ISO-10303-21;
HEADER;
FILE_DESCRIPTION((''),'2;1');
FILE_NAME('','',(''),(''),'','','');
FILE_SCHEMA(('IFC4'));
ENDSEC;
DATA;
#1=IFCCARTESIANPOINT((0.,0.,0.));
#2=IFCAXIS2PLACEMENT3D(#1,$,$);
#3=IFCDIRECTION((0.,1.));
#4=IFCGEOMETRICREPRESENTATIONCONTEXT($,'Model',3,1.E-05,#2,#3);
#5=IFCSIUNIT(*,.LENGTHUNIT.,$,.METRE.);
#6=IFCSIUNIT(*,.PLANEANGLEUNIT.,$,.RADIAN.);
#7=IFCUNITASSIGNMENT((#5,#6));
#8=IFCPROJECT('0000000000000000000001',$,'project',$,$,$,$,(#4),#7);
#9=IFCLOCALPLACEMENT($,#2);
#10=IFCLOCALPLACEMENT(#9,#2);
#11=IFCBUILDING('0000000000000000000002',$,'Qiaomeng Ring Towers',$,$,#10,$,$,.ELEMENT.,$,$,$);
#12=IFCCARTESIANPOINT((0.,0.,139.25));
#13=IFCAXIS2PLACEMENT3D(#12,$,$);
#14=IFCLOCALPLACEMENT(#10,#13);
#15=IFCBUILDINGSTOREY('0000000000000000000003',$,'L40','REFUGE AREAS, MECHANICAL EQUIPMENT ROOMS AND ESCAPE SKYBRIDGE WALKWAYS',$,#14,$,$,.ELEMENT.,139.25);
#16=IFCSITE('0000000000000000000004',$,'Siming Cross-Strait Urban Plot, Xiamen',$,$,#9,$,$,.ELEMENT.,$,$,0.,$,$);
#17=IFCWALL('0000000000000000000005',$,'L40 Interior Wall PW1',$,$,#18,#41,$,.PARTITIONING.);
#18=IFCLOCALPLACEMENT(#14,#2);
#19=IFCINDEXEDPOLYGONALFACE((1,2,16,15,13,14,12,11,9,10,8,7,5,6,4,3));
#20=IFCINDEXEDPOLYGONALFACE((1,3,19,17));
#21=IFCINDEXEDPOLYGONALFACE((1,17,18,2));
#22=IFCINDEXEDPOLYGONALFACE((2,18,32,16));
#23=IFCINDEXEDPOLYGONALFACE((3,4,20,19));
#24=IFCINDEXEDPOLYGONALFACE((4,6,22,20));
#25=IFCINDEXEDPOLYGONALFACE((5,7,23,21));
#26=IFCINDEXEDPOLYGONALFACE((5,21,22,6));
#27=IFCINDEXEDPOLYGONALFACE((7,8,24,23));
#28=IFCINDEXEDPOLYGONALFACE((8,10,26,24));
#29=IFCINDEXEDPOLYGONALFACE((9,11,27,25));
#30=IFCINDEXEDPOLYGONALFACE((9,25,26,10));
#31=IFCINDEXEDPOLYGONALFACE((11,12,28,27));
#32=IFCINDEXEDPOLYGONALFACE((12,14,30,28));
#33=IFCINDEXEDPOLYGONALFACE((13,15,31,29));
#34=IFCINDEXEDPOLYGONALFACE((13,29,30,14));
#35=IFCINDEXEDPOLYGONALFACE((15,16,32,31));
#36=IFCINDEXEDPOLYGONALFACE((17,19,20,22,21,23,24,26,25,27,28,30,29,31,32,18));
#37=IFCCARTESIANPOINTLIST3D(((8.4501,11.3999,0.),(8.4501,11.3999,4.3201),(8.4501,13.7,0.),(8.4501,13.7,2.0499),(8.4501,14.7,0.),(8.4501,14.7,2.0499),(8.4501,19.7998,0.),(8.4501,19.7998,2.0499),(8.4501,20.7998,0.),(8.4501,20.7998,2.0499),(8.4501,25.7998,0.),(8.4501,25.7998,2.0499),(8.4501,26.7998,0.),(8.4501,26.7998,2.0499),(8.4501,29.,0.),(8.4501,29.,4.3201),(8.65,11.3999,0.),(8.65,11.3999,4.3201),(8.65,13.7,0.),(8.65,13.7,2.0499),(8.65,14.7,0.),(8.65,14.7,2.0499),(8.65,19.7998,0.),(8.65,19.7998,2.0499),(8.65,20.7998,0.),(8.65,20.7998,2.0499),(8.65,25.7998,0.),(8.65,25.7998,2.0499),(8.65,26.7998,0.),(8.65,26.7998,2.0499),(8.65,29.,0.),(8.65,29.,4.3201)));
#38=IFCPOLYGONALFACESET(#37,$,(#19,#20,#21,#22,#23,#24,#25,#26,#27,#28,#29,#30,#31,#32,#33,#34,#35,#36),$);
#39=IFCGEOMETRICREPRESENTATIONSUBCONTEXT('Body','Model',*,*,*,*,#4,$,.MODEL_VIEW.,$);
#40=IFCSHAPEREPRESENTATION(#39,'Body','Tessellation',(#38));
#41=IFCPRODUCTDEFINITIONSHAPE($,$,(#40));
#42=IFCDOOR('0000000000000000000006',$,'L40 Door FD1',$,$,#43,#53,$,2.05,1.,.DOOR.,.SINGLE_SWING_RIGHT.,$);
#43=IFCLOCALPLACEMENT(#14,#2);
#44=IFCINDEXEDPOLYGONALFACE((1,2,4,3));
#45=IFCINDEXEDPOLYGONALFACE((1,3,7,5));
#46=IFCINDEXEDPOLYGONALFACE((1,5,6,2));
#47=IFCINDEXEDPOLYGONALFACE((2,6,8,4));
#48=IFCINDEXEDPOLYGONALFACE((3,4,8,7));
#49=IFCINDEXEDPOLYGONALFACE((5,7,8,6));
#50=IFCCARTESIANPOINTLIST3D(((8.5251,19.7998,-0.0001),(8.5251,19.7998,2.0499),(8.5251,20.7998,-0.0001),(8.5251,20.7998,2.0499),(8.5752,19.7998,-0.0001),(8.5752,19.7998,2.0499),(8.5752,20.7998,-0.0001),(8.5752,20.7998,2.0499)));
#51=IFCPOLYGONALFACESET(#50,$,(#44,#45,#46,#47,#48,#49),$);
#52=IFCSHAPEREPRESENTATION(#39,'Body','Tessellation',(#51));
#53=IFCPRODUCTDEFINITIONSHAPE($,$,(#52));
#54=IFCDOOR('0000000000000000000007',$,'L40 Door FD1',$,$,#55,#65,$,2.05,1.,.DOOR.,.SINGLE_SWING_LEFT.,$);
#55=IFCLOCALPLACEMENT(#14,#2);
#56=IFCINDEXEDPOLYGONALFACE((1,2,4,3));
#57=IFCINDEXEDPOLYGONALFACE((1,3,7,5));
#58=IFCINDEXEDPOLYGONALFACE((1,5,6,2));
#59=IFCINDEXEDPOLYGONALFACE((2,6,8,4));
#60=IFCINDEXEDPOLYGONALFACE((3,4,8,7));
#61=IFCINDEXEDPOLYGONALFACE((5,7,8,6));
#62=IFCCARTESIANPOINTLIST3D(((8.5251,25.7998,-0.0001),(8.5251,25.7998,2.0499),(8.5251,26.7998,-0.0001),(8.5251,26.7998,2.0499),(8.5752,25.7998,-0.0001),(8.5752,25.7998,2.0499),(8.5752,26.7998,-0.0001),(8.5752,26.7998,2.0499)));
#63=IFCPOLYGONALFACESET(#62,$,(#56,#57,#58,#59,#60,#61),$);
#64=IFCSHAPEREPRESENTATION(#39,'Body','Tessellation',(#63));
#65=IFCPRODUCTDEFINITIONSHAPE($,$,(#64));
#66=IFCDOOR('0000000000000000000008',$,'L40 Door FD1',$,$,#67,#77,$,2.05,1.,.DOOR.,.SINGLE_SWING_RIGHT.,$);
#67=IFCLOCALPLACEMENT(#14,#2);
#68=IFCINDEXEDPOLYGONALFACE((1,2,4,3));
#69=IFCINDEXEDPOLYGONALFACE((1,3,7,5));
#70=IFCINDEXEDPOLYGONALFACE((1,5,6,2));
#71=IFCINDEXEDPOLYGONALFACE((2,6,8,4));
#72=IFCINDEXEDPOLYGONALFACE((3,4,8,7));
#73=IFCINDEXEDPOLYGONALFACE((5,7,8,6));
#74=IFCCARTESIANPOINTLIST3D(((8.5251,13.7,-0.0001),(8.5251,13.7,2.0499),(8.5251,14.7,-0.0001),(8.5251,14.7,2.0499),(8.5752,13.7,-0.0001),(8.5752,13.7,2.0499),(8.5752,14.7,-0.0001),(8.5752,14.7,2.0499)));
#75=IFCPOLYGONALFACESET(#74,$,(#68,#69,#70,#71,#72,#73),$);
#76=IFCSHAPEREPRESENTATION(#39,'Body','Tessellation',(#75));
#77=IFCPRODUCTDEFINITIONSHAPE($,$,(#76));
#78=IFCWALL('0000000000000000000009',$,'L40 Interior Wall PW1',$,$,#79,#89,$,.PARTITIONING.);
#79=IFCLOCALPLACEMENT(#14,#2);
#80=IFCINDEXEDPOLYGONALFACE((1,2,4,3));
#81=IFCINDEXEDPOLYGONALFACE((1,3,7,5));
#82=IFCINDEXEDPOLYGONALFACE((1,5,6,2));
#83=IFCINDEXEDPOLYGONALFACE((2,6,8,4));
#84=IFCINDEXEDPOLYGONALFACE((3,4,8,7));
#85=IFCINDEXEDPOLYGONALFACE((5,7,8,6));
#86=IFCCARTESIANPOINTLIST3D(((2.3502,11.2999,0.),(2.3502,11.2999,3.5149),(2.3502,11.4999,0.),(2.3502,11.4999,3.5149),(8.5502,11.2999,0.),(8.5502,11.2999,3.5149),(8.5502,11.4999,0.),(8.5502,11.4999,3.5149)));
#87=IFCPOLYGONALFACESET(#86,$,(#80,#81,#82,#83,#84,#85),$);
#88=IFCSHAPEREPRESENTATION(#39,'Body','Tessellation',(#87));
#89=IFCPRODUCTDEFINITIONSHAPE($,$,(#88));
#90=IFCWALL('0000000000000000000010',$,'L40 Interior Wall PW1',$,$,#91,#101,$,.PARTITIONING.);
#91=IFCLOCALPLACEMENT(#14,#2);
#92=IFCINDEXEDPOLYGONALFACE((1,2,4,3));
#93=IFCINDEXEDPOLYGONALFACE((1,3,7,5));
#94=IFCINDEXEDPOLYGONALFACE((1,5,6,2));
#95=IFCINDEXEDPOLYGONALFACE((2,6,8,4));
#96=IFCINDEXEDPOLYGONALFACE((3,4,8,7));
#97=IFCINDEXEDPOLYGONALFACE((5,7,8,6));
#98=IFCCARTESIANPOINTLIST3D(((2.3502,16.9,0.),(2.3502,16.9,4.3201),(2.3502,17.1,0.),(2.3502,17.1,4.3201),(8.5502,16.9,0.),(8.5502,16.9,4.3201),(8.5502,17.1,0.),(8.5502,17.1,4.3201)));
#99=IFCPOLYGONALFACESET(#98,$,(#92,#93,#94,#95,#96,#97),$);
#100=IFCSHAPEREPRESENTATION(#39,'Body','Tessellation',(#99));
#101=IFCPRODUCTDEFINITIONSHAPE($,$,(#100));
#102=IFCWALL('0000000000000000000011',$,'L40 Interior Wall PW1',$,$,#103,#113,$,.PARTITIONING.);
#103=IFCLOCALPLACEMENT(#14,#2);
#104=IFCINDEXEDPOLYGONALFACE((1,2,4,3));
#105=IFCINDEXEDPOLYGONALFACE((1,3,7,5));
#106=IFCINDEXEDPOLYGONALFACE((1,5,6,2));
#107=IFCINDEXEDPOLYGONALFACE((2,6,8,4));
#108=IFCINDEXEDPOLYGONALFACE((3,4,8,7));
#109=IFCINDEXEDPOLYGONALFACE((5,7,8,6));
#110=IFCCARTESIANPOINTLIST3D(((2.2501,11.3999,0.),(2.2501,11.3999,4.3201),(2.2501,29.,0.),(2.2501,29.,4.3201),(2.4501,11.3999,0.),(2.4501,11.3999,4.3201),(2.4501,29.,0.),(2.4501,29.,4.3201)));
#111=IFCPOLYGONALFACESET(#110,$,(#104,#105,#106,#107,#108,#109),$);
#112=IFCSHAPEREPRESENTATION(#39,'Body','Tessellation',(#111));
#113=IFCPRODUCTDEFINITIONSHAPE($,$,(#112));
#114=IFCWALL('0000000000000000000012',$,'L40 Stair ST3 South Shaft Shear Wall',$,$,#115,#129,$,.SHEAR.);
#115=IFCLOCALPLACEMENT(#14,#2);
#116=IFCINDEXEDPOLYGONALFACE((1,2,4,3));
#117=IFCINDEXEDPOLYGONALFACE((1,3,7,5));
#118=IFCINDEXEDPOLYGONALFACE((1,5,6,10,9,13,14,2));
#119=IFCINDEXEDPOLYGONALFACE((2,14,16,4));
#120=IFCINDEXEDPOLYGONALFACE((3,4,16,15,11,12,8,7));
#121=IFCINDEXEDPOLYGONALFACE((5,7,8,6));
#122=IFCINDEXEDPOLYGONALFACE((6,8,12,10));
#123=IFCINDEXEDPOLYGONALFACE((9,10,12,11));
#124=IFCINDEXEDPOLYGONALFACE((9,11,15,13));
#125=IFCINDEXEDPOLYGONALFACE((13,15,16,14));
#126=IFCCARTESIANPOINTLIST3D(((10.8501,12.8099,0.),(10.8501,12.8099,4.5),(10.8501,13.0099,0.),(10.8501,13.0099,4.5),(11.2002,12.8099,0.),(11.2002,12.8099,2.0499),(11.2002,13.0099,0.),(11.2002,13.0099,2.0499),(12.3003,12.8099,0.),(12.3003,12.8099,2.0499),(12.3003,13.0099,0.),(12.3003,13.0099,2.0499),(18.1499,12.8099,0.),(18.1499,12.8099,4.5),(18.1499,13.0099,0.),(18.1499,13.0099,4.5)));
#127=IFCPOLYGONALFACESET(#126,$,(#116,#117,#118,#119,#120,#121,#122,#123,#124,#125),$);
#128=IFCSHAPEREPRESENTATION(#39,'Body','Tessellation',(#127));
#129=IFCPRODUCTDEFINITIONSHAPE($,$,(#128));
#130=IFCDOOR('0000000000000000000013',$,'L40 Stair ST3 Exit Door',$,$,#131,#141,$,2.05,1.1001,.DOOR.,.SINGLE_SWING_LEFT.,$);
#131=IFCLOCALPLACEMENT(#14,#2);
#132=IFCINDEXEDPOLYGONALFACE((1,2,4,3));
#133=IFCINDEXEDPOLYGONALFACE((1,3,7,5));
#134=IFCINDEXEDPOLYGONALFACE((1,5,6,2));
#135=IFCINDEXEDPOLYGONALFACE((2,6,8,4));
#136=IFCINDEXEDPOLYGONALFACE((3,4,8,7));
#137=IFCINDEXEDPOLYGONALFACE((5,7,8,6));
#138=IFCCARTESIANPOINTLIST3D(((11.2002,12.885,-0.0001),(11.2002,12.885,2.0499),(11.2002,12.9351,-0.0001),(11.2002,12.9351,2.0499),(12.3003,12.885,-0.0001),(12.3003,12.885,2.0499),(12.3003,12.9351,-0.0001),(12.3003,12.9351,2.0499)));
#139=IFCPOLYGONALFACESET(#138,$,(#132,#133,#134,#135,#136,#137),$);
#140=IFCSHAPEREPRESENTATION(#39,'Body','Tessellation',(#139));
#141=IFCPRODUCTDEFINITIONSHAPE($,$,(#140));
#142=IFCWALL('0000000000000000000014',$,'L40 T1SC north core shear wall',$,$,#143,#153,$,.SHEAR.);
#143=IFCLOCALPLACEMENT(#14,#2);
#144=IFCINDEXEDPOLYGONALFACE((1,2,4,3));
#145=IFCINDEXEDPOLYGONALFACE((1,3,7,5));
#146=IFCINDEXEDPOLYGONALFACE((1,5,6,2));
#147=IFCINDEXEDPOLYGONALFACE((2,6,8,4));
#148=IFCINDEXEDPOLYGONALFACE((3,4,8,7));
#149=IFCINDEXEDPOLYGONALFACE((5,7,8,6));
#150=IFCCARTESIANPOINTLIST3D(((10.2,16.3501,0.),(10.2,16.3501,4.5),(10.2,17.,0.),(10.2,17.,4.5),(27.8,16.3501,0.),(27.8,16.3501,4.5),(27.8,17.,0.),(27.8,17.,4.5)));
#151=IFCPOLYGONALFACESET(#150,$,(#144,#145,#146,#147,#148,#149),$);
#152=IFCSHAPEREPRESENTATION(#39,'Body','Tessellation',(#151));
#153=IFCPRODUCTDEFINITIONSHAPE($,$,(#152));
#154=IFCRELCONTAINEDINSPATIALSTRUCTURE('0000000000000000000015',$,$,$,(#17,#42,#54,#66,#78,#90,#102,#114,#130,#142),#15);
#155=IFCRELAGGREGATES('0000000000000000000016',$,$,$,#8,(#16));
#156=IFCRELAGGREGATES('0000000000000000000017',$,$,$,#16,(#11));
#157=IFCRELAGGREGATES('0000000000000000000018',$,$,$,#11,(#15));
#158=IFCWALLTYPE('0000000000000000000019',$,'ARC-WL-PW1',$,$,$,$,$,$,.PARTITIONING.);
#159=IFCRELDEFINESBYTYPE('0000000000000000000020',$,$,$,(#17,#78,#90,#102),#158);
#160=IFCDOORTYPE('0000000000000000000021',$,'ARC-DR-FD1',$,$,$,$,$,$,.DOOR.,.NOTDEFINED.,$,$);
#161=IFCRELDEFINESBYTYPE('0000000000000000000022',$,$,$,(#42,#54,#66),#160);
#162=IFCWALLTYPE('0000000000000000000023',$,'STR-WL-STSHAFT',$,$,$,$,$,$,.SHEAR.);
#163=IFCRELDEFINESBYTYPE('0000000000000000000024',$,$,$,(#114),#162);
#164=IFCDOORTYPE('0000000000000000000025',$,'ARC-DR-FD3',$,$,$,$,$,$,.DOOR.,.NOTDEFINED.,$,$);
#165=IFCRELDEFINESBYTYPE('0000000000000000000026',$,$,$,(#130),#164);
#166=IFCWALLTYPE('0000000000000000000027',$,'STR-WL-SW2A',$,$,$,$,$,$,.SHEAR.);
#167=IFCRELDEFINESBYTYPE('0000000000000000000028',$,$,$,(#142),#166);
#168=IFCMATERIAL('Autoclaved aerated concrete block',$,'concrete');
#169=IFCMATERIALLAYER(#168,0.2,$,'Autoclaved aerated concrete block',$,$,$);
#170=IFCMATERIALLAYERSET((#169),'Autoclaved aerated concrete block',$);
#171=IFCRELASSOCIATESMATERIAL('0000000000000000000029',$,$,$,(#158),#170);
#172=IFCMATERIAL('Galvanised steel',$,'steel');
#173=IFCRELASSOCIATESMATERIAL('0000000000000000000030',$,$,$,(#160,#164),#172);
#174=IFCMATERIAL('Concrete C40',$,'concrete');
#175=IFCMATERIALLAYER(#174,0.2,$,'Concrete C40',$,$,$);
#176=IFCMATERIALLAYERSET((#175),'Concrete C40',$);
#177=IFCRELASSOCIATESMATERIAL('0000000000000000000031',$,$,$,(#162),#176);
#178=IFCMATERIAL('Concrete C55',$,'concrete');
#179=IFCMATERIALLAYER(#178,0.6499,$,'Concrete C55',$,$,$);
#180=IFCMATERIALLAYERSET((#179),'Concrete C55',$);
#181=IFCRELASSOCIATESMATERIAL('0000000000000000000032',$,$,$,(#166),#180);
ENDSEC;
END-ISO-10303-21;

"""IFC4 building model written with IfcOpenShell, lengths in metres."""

from ifc_helpers import new_model, si_unit, direction, frame, frame_2d, origin, place, context, subcontext, project, spatial, rectangle, extrude, source, transform, mapped, material, layer, layer_set, type_object, element, fill, save


model = new_model("IFC4")

# Units and contexts
model_context = context("Model", 3, precision=1e-05, world=origin(), true_north=direction((0.0, 1.0)))
body_context = subcontext(model_context, "Body", "Model", "MODEL_VIEW")
ifc_project = project(units=[si_unit("LENGTHUNIT", "METRE"), si_unit("PLANEANGLEUNIT", "RADIAN")], contexts=[model_context])

# Site, building, storey
site_placement = place(None, origin())
site = spatial("IfcSite", under=ifc_project, at=site_placement, Name="Siming Cross-Strait Urban Plot, Xiamen", CompositionType="ELEMENT", RefElevation=0.0)
building_placement = place(site_placement, origin())
building = spatial("IfcBuilding", under=site, at=building_placement, Name="Qiaomeng Ring Towers", CompositionType="ELEMENT")
storey_placement = place(building_placement, frame((0.0, 0.0, 139.25)))
storey = spatial("IfcBuildingStorey", under=building, at=storey_placement, Name="L40", Description="REFUGE AREAS, MECHANICAL EQUIPMENT ROOMS AND ESCAPE SKYBRIDGE WALKWAYS", CompositionType="ELEMENT", Elevation=139.25)

# Shared definitions
ifc_material_1 = material(Name="Concrete C55", Category="concrete")

# Wall, openings, doors
ifc_material_2 = material(Name="Autoclaved aerated concrete block", Category="concrete")
ifc_layer_1 = layer(ifc_material_2, 0.2, Name="Autoclaved aerated concrete block")
ifc_layer_set_1 = layer_set([ifc_layer_1], Name="Autoclaved aerated concrete block")
wall_type_1 = type_object("IfcWallType", Name="ARC-WL-PW1", PredefinedType="PARTITIONING", material=ifc_layer_set_1)
wall_1_placement = place(storey_placement, frame((8.55, 11.3999, 0.0), z_axis=(0.0, 0.0, 1.0), x_axis=(0.0, 1.0, 0.0)))
wall_1 = element("IfcWall", 1, at=wall_1_placement, inside=storey, type_object=wall_type_1, Name="L40 Interior Wall PW1", PredefinedType="PARTITIONING", context=body_context, shape_type="SweptSolid", body=[
    extrude(rectangle(XDim=17.6001, YDim=0.2, at=frame_2d((8.8, 0.0))), origin(), (0.0, 0.0, 1.0), 4.3201),
])
opening_1_placement = place(wall_1_placement, frame((8.3999, 0.0, 0.0)))
opening_1 = element("IfcOpeningElement", 2, at=opening_1_placement, cuts=wall_1, PredefinedType="OPENING", context=body_context, shape_type="SweptSolid", body=[
    extrude(rectangle(XDim=1.0, YDim=2.05, at=frame_2d((0.5, 1.0249))), frame((0.0, 0.1099, 0.0), z_axis=(0.0, -1.0, 0.0), x_axis=(1.0, 0.0, 0.0)), (0.0, 0.0, 1.0), 0.22),
])
opening_2_placement = place(wall_1_placement, frame((14.3999, 0.0, 0.0)))
opening_2 = element("IfcOpeningElement", 3, at=opening_2_placement, cuts=wall_1, PredefinedType="OPENING", context=body_context, shape_type="SweptSolid", body=[
    extrude(rectangle(XDim=1.0, YDim=2.05, at=frame_2d((0.5, 1.0249))), frame((0.0, 0.1099, 0.0), z_axis=(0.0, -1.0, 0.0), x_axis=(1.0, 0.0, 0.0)), (0.0, 0.0, 1.0), 0.22),
])
opening_3_placement = place(wall_1_placement, frame((2.3, 0.0, 0.0)))
opening_3 = element("IfcOpeningElement", 4, at=opening_3_placement, cuts=wall_1, PredefinedType="OPENING", context=body_context, shape_type="SweptSolid", body=[
    extrude(rectangle(XDim=1.0, YDim=2.05, at=frame_2d((0.5, 1.0249))), frame((0.0, 0.1099, 0.0), z_axis=(0.0, -1.0, 0.0), x_axis=(1.0, 0.0, 0.0)), (0.0, 0.0, 1.0), 0.22),
])
ifc_material_3 = material(Name="Galvanised steel", Category="steel")
door_type_1 = type_object("IfcDoorType", Name="ARC-DR-FD1", OperationType="NOTDEFINED", PredefinedType="DOOR", material=ifc_material_3)
shared_shape_1 = source(origin(), body_context, "Body", "SweptSolid", [
    extrude(rectangle(XDim=1.0, YDim=2.05, at=frame_2d((0.5, 1.0249))), frame((0.0, 0.0249, 0.0), z_axis=(0.0, -1.0, 0.0), x_axis=(1.0, 0.0, 0.0)), (0.0, 0.0, 1.0), 0.05),
])
door_1_placement = place(opening_1_placement, origin())
door_1 = element("IfcDoor", 5, at=door_1_placement, inside=storey, type_object=door_type_1, Name="L40 Door FD1", OperationType="SINGLE_SWING_RIGHT", OverallHeight=2.05, OverallWidth=1.0, PredefinedType="DOOR", context=body_context, shape_type="MappedRepresentation", body=[
    mapped(shared_shape_1, transform((0.0, 0.0, 0.0), x_axis=(1.0, 0.0, 0.0), y_axis=(0.0, 1.0, 0.0), z_axis=(0.0, 0.0, 1.0), scale=1.0)),
])
fill(opening_1, door_1)
door_2_placement = place(opening_2_placement, origin())
door_2 = element("IfcDoor", 6, at=door_2_placement, inside=storey, type_object=door_type_1, Name="L40 Door FD1", OperationType="SINGLE_SWING_LEFT", OverallHeight=2.05, OverallWidth=1.0, PredefinedType="DOOR", context=body_context, shape_type="MappedRepresentation", body=[
    mapped(shared_shape_1, transform((0.0, 0.0, 0.0), x_axis=(1.0, 0.0, 0.0), y_axis=(0.0, 1.0, 0.0), z_axis=(0.0, 0.0, 1.0), scale=1.0)),
])
fill(opening_2, door_2)
door_3_placement = place(opening_3_placement, origin())
door_3 = element("IfcDoor", 7, at=door_3_placement, inside=storey, type_object=door_type_1, Name="L40 Door FD1", OperationType="SINGLE_SWING_RIGHT", OverallHeight=2.05, OverallWidth=1.0, PredefinedType="DOOR", context=body_context, shape_type="MappedRepresentation", body=[
    mapped(shared_shape_1, transform((0.0, 0.0, 0.0), x_axis=(1.0, 0.0, 0.0), y_axis=(0.0, 1.0, 0.0), z_axis=(0.0, 0.0, 1.0), scale=1.0)),
])
fill(opening_3, door_3)

# Walls
wall_2_placement = place(storey_placement, frame((2.3501, 11.3999, 0.0), z_axis=(0.0, 0.0, 1.0), x_axis=(1.0, 0.0, 0.0)))
element("IfcWall", 8, at=wall_2_placement, inside=storey, type_object=wall_type_1, Name="L40 Interior Wall PW1", PredefinedType="PARTITIONING", context=body_context, shape_type="SweptSolid", body=[
    extrude(rectangle(XDim=6.2, YDim=0.2, at=frame_2d((3.1001, 0.0))), origin(), (0.0, 0.0, 1.0), 3.5149),
])
wall_3_placement = place(storey_placement, frame((2.3501, 17.0, 0.0), z_axis=(0.0, 0.0, 1.0), x_axis=(1.0, 0.0, 0.0)))
element("IfcWall", 9, at=wall_3_placement, inside=storey, type_object=wall_type_1, Name="L40 Interior Wall PW1", PredefinedType="PARTITIONING", context=body_context, shape_type="SweptSolid", body=[
    extrude(rectangle(XDim=6.2, YDim=0.2, at=frame_2d((3.1001, 0.0))), origin(), (0.0, 0.0, 1.0), 4.3201),
])
wall_4_placement = place(storey_placement, frame((2.3501, 11.3999, 0.0), z_axis=(0.0, 0.0, 1.0), x_axis=(0.0, 1.0, 0.0)))
element("IfcWall", 10, at=wall_4_placement, inside=storey, type_object=wall_type_1, Name="L40 Interior Wall PW1", PredefinedType="PARTITIONING", context=body_context, shape_type="SweptSolid", body=[
    extrude(rectangle(XDim=17.6001, YDim=0.2, at=frame_2d((8.8, 0.0))), origin(), (0.0, 0.0, 1.0), 4.3201),
])

# Wall, opening, door
ifc_material_4 = material(Name="Concrete C40", Category="concrete")
ifc_layer_2 = layer(ifc_material_4, 0.2, Name="Concrete C40")
ifc_layer_set_2 = layer_set([ifc_layer_2], Name="Concrete C40")
wall_type_2 = type_object("IfcWallType", Name="STR-WL-STSHAFT", PredefinedType="SHEAR", material=ifc_layer_set_2)
wall_5_placement = place(storey_placement, frame((10.8501, 12.9099, 0.0), z_axis=(0.0, 0.0, 1.0), x_axis=(1.0, 0.0, 0.0)))
wall_5 = element("IfcWall", 11, at=wall_5_placement, inside=storey, type_object=wall_type_2, Name="L40 Stair ST3 South Shaft Shear Wall", PredefinedType="SHEAR", context=body_context, shape_type="SweptSolid", body=[
    extrude(rectangle(XDim=7.2998, YDim=0.2, at=frame_2d((3.6499, 0.0))), origin(), (0.0, 0.0, 1.0), 4.5),
])
opening_4_placement = place(wall_5_placement, frame((0.3501, 0.0, 0.0)))
opening_4 = element("IfcOpeningElement", 12, at=opening_4_placement, cuts=wall_5, PredefinedType="OPENING", context=body_context, shape_type="SweptSolid", body=[
    extrude(rectangle(XDim=1.1001, YDim=2.05, at=frame_2d((0.55, 1.0249))), frame((0.0, 0.1099, 0.0), z_axis=(0.0, -1.0, 0.0), x_axis=(1.0, 0.0, 0.0)), (0.0, 0.0, 1.0), 0.22),
])
door_type_2 = type_object("IfcDoorType", Name="ARC-DR-FD3", OperationType="NOTDEFINED", PredefinedType="DOOR", material=ifc_material_3)
shared_shape_2 = source(origin(), body_context, "Body", "SweptSolid", [
    extrude(rectangle(XDim=1.1001, YDim=2.05, at=frame_2d((0.55, 1.0249))), frame((0.0, 0.0249, 0.0), z_axis=(0.0, -1.0, 0.0), x_axis=(1.0, 0.0, 0.0)), (0.0, 0.0, 1.0), 0.05),
])
door_4_placement = place(opening_4_placement, frame((1.1001, 0.0, 0.0), z_axis=(0.0, 0.0, 1.0), x_axis=(-1.0, 0.0, 0.0)))
door_4 = element("IfcDoor", 13, at=door_4_placement, inside=storey, type_object=door_type_2, Name="L40 Stair ST3 Exit Door", OperationType="SINGLE_SWING_LEFT", OverallHeight=2.05, OverallWidth=1.1001, PredefinedType="DOOR", context=body_context, shape_type="MappedRepresentation", body=[
    mapped(shared_shape_2, transform((0.0, 0.0, 0.0), x_axis=(1.0, 0.0, 0.0), y_axis=(0.0, 1.0, 0.0), z_axis=(0.0, 0.0, 1.0), scale=1.0)),
])
fill(opening_4, door_4)

# Wall
ifc_layer_3 = layer(ifc_material_1, 0.6499, Name="Concrete C55")
ifc_layer_set_3 = layer_set([ifc_layer_3], Name="Concrete C55")
wall_type_3 = type_object("IfcWallType", Name="STR-WL-SW2A", PredefinedType="SHEAR", material=ifc_layer_set_3)
wall_6_placement = place(storey_placement, frame((10.2, 16.675, 0.0), z_axis=(0.0, 0.0, 1.0), x_axis=(1.0, 0.0, 0.0)))
element("IfcWall", 14, at=wall_6_placement, inside=storey, type_object=wall_type_3, Name="L40 T1SC north core shear wall", PredefinedType="SHEAR", context=body_context, shape_type="SweptSolid", body=[
    extrude(rectangle(XDim=17.6001, YDim=0.6499, at=frame_2d((8.8, 0.0))), origin(), (0.0, 0.0, 1.0), 4.5),
])

save(model, "model.ifc")
